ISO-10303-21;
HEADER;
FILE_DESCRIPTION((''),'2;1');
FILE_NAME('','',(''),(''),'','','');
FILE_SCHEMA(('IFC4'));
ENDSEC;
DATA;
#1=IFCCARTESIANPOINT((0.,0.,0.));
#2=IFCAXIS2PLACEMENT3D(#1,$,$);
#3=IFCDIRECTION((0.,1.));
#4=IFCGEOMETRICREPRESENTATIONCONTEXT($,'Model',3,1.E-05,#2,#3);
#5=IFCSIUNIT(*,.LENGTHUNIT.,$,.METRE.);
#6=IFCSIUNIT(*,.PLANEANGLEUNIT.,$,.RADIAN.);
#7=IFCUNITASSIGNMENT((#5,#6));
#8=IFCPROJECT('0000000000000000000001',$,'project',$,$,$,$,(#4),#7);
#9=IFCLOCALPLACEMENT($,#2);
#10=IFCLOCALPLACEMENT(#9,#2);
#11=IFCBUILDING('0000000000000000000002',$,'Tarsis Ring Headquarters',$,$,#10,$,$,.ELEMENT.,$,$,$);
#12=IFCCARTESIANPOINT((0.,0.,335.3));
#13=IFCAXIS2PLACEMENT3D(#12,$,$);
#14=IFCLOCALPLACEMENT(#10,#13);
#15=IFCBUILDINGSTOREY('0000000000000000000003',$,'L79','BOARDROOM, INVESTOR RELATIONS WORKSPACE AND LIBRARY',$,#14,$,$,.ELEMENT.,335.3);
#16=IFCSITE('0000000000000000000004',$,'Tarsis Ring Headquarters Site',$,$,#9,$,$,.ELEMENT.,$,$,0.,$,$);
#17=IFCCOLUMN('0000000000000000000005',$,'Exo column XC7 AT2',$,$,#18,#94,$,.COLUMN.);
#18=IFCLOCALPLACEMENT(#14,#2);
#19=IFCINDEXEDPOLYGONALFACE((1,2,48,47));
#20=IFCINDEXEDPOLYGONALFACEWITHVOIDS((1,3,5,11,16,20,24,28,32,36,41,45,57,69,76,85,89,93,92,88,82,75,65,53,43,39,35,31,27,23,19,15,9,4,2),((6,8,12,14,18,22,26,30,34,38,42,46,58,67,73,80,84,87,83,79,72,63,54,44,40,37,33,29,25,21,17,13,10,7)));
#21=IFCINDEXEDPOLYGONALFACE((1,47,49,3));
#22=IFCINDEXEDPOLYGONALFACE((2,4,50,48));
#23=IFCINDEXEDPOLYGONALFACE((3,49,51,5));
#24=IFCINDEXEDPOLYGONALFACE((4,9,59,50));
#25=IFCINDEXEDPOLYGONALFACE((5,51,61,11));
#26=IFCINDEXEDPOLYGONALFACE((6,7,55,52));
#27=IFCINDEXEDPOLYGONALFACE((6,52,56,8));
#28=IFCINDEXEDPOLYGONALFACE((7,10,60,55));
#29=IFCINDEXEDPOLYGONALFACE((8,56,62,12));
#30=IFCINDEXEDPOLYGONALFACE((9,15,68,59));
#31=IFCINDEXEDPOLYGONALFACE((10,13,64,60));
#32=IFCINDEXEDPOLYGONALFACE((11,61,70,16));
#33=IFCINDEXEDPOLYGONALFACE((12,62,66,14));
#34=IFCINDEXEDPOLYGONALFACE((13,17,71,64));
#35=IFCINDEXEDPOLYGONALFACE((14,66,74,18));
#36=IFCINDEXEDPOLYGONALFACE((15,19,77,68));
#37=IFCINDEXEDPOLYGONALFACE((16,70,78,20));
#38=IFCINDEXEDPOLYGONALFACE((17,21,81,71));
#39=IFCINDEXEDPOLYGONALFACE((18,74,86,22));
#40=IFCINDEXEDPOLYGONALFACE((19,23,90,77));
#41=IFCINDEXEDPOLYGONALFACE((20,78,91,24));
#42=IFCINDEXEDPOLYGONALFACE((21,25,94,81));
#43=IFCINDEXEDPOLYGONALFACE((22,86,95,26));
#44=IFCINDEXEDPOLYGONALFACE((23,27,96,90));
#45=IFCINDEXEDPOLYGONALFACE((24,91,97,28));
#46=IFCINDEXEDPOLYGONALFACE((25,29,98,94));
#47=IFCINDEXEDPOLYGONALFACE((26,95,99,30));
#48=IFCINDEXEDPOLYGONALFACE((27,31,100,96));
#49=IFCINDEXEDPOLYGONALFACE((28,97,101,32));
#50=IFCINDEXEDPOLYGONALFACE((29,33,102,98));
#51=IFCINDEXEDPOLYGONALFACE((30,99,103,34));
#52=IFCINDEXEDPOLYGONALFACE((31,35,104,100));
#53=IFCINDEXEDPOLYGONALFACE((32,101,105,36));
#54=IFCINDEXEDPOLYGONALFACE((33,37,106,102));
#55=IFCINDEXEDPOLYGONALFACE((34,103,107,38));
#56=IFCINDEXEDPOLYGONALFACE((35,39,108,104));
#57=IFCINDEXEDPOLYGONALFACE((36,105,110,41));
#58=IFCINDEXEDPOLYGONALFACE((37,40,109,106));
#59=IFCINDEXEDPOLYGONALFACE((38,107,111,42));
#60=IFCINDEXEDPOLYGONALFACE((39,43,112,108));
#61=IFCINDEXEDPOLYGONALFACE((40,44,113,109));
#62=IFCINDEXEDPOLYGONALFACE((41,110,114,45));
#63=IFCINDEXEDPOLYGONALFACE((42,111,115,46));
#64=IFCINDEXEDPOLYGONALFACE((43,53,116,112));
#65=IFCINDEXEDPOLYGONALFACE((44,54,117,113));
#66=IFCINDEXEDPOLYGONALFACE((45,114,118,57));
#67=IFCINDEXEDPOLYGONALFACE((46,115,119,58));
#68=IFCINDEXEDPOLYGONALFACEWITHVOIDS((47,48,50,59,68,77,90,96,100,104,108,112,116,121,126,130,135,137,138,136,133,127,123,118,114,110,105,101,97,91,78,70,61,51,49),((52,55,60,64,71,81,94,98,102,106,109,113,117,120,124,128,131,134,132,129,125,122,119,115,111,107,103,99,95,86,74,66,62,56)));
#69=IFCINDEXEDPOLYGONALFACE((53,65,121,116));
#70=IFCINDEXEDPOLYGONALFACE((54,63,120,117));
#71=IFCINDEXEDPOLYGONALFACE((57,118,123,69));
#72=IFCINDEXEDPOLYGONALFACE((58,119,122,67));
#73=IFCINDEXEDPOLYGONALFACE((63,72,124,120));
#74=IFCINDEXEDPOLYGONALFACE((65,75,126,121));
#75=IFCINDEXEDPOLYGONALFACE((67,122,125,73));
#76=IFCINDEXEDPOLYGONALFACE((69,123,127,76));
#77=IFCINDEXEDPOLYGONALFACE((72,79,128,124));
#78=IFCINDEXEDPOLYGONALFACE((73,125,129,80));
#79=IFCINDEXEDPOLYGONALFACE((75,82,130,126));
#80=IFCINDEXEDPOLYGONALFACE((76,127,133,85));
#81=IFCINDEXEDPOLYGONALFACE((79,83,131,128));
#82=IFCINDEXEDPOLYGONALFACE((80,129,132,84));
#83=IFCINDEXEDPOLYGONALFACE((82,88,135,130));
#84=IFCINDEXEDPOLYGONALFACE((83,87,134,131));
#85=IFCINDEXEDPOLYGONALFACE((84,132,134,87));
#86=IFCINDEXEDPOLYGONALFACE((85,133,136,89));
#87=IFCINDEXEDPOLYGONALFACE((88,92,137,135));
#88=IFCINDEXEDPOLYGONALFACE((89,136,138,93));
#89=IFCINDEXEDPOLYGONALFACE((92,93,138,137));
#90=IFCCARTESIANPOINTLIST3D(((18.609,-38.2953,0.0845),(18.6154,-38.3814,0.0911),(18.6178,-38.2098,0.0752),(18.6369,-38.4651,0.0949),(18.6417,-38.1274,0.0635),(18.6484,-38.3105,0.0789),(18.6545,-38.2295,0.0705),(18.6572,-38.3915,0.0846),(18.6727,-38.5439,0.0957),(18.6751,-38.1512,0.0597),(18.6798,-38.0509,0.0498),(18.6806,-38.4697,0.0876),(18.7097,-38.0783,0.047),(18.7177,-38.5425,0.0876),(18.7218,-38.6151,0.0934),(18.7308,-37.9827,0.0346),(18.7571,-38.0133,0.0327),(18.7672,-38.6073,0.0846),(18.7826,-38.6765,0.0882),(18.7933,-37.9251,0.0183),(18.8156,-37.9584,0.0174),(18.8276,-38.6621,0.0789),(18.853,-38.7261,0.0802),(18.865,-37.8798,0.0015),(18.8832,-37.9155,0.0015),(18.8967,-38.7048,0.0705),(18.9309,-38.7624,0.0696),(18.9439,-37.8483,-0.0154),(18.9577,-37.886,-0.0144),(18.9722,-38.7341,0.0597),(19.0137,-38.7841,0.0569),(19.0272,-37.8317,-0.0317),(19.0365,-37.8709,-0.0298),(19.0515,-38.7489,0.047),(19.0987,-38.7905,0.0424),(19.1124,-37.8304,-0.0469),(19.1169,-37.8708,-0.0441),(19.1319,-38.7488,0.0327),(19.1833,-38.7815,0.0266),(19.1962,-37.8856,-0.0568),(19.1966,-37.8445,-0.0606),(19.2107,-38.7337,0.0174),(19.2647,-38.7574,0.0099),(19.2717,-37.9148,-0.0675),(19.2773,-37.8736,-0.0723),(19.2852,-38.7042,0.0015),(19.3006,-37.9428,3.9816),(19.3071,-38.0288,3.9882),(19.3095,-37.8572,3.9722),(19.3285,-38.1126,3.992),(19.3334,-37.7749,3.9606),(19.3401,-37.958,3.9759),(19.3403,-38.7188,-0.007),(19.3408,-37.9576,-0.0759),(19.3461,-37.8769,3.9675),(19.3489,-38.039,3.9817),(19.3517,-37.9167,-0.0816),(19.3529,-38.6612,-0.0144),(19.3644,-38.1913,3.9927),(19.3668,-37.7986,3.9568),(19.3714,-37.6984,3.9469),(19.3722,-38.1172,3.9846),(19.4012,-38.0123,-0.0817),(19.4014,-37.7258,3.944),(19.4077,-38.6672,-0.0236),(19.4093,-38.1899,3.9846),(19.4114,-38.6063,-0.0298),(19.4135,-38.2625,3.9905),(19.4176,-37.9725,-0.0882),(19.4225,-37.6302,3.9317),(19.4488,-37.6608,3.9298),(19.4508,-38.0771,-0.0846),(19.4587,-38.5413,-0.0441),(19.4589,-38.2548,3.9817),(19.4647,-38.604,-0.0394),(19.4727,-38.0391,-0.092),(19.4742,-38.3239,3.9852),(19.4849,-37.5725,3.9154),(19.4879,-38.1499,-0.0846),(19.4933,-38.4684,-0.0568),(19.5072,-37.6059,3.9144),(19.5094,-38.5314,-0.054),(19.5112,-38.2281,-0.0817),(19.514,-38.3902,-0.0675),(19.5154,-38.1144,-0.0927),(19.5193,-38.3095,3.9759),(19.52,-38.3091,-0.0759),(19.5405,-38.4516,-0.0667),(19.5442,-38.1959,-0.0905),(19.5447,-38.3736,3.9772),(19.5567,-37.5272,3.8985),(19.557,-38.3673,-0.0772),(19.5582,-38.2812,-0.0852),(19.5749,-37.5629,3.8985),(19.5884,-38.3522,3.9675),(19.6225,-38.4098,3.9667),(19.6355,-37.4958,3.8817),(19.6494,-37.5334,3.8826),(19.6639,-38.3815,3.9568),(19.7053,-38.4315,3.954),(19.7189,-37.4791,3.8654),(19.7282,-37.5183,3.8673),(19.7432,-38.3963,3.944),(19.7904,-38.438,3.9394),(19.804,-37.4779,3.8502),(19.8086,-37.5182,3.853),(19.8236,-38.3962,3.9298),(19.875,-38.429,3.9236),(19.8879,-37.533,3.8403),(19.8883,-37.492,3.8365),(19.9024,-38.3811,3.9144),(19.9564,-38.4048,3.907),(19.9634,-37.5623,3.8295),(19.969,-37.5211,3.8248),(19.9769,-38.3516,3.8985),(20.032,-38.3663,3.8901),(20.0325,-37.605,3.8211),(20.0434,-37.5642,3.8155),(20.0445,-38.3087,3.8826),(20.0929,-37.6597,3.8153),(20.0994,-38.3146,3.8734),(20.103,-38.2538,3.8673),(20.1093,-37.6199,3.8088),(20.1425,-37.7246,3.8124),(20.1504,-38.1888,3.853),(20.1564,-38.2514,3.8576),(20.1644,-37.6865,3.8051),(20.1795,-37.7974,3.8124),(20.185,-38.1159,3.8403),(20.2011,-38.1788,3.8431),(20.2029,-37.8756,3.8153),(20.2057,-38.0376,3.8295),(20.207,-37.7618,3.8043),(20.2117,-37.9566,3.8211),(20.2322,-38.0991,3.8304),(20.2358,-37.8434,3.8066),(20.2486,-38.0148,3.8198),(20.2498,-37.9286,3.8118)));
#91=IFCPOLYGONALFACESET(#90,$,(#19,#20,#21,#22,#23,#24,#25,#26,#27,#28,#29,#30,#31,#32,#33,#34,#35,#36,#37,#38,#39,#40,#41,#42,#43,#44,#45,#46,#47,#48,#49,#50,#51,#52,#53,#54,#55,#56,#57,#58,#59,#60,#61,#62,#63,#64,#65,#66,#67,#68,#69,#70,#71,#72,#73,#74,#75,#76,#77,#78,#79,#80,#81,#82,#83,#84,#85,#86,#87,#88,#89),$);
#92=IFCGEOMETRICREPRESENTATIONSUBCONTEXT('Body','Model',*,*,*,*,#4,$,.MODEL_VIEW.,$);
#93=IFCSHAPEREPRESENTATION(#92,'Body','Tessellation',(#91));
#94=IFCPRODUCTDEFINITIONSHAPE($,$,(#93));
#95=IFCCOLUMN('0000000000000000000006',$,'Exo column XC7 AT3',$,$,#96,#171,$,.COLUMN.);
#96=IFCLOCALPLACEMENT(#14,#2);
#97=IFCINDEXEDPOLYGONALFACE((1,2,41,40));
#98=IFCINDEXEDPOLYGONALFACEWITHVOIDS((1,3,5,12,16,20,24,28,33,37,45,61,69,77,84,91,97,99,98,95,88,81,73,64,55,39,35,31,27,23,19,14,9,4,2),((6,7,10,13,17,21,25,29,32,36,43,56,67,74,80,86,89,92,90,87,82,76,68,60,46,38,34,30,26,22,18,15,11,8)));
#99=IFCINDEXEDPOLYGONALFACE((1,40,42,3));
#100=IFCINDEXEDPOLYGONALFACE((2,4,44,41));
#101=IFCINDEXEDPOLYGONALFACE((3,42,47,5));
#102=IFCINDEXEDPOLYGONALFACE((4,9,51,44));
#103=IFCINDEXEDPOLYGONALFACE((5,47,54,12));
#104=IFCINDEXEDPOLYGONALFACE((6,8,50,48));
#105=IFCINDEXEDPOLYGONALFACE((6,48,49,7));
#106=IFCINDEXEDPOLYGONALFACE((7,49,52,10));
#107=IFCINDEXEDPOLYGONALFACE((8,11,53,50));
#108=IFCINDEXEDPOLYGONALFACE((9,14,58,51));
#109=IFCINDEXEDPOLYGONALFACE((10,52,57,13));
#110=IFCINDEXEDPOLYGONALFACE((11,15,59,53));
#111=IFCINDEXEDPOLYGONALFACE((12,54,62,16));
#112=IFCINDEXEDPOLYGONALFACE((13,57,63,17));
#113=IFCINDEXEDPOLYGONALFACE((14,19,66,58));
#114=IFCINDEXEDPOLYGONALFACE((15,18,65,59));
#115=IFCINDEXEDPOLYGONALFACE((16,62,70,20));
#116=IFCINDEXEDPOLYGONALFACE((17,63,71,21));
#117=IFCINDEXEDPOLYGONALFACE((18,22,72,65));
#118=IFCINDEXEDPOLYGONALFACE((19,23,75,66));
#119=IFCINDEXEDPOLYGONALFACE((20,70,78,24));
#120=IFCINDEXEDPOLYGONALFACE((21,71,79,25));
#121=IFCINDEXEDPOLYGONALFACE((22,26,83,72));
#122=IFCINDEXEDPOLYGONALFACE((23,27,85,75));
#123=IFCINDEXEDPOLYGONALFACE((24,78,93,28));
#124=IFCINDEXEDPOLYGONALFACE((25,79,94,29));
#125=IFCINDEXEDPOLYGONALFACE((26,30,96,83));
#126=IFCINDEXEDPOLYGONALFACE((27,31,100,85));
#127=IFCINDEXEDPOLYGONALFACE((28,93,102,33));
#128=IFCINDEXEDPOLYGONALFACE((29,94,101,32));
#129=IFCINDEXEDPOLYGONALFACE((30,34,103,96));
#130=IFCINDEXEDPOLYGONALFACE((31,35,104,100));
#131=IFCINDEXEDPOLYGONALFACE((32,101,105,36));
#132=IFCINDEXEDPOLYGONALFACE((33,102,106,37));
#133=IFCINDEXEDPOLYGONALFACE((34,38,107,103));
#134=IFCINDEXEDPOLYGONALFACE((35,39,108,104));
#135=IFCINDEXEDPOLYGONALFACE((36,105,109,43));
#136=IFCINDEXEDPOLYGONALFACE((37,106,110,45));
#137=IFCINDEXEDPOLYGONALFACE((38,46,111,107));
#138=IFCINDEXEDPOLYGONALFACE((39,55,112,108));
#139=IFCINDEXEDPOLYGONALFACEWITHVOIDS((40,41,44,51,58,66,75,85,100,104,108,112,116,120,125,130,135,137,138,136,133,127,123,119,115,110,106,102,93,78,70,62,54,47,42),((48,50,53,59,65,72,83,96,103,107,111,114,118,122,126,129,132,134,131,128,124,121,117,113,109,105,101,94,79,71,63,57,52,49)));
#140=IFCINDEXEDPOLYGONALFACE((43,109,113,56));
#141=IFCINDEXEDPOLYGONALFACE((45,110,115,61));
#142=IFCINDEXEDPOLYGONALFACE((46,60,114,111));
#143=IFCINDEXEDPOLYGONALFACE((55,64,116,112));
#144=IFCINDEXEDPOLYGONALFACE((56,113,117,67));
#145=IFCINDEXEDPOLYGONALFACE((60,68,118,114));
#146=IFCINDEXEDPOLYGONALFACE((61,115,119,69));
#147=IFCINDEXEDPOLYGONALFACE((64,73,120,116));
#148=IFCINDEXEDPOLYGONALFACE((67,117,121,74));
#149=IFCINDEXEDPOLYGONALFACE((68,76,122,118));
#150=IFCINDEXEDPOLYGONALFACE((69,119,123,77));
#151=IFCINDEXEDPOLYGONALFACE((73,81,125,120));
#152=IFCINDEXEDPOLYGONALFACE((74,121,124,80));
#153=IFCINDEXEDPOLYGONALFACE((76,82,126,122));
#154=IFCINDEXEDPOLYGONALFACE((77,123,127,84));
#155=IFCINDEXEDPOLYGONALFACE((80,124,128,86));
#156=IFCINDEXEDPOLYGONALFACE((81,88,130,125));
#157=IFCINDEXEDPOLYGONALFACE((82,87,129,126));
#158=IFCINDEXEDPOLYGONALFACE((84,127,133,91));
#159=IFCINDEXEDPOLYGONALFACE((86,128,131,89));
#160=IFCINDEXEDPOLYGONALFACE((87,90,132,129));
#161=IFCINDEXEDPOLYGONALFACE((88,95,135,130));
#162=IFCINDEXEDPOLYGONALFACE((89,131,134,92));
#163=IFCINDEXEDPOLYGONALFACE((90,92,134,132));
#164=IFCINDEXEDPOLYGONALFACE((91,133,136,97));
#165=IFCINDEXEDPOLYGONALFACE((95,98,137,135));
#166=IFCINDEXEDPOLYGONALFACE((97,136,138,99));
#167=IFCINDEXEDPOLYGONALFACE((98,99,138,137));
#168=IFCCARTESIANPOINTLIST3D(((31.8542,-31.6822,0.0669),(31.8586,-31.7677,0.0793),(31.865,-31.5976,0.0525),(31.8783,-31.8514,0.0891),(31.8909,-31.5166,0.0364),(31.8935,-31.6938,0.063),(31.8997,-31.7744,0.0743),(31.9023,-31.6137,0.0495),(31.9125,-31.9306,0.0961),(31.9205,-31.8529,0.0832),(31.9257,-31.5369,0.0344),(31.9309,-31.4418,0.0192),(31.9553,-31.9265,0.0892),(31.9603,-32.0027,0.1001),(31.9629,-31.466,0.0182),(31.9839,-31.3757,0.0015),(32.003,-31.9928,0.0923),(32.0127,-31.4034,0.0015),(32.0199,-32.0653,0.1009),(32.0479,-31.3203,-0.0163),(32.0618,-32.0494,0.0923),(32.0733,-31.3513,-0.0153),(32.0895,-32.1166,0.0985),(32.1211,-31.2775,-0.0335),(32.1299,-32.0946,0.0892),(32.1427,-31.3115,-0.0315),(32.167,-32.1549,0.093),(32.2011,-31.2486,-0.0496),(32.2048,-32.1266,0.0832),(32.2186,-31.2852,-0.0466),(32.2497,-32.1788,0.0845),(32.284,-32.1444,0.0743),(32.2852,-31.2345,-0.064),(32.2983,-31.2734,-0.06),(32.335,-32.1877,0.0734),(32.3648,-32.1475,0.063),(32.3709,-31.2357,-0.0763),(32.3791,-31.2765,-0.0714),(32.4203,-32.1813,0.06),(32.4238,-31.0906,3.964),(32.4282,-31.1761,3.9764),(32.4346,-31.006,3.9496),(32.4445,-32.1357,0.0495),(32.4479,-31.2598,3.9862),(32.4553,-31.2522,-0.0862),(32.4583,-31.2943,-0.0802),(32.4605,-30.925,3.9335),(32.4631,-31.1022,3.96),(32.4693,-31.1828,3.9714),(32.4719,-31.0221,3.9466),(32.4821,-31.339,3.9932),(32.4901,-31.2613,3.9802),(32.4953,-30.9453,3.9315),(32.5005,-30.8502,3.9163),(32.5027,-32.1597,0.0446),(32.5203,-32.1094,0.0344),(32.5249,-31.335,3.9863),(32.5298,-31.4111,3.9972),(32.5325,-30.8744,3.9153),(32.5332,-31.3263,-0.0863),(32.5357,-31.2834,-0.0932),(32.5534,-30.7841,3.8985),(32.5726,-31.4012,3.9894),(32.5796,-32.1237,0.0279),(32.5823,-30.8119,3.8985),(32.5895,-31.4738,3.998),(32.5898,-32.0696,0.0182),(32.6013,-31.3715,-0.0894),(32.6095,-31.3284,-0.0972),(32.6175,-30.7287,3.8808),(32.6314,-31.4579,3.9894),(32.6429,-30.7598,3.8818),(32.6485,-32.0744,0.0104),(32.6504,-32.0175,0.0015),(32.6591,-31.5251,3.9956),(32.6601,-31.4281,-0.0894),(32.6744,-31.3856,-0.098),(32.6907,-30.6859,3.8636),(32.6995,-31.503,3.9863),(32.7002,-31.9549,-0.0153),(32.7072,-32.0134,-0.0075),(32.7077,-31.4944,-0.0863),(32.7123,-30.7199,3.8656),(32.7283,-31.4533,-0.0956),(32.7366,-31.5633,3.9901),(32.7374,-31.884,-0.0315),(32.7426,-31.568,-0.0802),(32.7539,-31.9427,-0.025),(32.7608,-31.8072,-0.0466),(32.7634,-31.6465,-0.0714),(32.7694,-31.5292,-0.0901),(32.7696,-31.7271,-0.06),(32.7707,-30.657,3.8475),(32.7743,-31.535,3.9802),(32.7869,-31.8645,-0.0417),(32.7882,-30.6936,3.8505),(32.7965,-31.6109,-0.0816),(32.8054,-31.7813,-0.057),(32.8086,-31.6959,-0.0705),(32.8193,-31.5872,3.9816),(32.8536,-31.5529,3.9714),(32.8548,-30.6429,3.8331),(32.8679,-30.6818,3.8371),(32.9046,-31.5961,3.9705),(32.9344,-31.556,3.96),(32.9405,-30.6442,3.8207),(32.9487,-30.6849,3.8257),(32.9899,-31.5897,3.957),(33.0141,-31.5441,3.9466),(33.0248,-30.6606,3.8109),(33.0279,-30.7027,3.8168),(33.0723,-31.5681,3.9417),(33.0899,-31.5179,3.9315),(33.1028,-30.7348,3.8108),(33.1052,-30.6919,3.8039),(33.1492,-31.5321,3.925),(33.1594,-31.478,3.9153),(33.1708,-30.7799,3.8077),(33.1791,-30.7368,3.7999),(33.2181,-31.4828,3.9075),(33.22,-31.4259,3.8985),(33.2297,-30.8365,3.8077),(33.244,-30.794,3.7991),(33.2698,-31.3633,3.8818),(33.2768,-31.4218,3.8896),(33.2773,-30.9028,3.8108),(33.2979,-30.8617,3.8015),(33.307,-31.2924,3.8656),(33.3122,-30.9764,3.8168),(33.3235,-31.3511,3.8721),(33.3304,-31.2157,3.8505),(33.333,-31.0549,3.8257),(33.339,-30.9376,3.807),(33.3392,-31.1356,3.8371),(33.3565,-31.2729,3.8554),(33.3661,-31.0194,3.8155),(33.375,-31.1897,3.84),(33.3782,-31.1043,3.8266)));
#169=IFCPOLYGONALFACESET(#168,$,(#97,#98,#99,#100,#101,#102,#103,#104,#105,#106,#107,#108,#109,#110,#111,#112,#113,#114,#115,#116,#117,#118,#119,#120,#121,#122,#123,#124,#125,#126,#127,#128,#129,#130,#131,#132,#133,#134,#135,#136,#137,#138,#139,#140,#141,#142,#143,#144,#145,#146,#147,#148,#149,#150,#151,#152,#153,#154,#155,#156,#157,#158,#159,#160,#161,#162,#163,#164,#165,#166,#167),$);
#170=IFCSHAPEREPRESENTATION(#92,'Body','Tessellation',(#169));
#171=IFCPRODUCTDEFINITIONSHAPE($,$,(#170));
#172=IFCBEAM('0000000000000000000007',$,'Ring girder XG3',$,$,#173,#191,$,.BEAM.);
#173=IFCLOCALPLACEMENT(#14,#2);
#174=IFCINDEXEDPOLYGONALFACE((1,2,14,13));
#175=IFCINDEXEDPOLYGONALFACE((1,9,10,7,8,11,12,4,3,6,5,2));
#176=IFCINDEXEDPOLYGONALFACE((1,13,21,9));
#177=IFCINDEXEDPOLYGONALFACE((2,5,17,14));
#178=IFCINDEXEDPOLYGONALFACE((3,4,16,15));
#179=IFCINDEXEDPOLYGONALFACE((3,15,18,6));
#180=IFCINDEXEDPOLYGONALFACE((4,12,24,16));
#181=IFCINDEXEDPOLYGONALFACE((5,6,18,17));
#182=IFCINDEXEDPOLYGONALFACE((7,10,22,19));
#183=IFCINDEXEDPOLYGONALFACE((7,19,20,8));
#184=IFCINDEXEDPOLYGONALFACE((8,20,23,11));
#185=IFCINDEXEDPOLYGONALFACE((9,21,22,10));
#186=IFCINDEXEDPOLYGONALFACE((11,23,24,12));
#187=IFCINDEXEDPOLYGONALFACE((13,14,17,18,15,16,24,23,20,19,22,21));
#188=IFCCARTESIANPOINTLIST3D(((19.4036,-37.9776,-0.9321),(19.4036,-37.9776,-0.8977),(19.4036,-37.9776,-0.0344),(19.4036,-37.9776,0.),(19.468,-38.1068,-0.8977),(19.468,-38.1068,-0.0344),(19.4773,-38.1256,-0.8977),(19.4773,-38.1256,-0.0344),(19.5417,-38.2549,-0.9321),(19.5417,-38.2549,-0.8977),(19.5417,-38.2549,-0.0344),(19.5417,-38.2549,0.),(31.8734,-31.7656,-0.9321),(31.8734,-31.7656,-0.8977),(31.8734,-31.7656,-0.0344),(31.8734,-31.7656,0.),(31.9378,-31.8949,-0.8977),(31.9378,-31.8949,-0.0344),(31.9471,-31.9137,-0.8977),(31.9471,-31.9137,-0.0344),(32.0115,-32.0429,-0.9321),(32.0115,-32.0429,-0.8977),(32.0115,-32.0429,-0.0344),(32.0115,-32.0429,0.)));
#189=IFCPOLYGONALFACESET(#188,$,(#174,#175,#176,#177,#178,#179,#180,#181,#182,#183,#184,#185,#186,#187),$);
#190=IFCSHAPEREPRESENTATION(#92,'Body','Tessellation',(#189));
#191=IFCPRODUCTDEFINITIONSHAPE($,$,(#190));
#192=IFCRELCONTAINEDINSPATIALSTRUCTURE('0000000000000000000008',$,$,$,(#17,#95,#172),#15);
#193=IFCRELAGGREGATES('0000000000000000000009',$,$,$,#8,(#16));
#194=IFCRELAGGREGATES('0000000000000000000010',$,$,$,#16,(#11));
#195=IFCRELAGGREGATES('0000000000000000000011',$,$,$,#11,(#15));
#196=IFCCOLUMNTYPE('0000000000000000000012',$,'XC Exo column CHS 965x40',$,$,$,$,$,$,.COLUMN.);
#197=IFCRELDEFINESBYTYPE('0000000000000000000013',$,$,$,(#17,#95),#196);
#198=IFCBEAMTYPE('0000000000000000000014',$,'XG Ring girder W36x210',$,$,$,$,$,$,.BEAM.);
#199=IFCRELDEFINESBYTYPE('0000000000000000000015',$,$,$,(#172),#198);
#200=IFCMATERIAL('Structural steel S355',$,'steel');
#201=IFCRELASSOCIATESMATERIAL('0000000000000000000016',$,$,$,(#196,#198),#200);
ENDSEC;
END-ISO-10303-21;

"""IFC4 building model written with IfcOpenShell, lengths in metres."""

from ifc_helpers import new_model, si_unit, direction, frame, origin, origin_2d, place, context, subcontext, project, spatial, hollow_circle, i_section, extrude, material, material_profile, profile_set, type_object, element, save


model = new_model("IFC4")

# Units and contexts
model_context = context("Model", 3, precision=1e-05, world=origin(), true_north=direction((0.0, 1.0)))
body_context = subcontext(model_context, "Body", "Model", "MODEL_VIEW")
ifc_project = project(units=[si_unit("LENGTHUNIT", "METRE"), si_unit("PLANEANGLEUNIT", "RADIAN")], contexts=[model_context])

# Site, building, storey
site_placement = place(None, origin())
site = spatial("IfcSite", under=ifc_project, at=site_placement, Name="Tarsis Ring Headquarters Site", CompositionType="ELEMENT", RefElevation=0.0)
building_placement = place(site_placement, origin())
building = spatial("IfcBuilding", under=site, at=building_placement, Name="Tarsis Ring Headquarters", CompositionType="ELEMENT")
storey_placement = place(building_placement, frame((0.0, 0.0, 335.3)))
storey = spatial("IfcBuildingStorey", under=building, at=storey_placement, Name="L79", Description="BOARDROOM, INVESTOR RELATIONS WORKSPACE AND LIBRARY", CompositionType="ELEMENT", Elevation=335.3)

# Columns
ifc_material_1 = material(Name="Structural steel S355", Category="steel")
ifc_material_profile_1 = material_profile(ifc_material_1, hollow_circle(Radius=0.4827, WallThickness=0.04, at=origin_2d()), Name="CHS 965x40")
ifc_profile_set_1 = profile_set([ifc_material_profile_1], Name="Structural steel S355")
column_type = type_object("IfcColumnType", Name="XC Exo column CHS 965x40", PredefinedType="COLUMN", material=ifc_profile_set_1)
column_1_placement = place(storey_placement, frame((19.0842, -38.3098, 0.0015), z_axis=(0.174064, 0.088722, 0.980729), x_axis=(-0.454119, 0.890941, 0.0)))
element("IfcColumn", 1, at=column_1_placement, inside=storey, type_object=column_type, Name="Exo column XC7 AT2", PredefinedType="COLUMN", context=body_context, shape_type="SweptSolid", body=[
    extrude(hollow_circle(Radius=0.4827, WallThickness=0.04, at=origin_2d()), origin(), (0.0, 0.0, 1.0), 3.9736),
])
column_2_placement = place(storey_placement, frame((32.3315, -31.7104, 0.0015), z_axis=(0.143019, 0.148536, 0.97851), x_axis=(-0.720359, 0.693602, 0.0)))
element("IfcColumn", 2, at=column_2_placement, inside=storey, type_object=column_type, Name="Exo column XC7 AT3", PredefinedType="COLUMN", context=body_context, shape_type="SweptSolid", body=[
    extrude(hollow_circle(Radius=0.4827, WallThickness=0.04, at=origin_2d()), origin(), (0.0, 0.0, 1.0), 3.9827),
])

# Beam
ifc_material_profile_2 = material_profile(ifc_material_1, i_section(OverallWidth=0.3098, OverallDepth=0.9321, WebThickness=0.021, FlangeThickness=0.0344, at=origin_2d()), Name="W36x210")
ifc_profile_set_2 = profile_set([ifc_material_profile_2], Name="Structural steel S355")
beam_type = type_object("IfcBeamType", Name="XG Ring girder W36x210", PredefinedType="BEAM", material=ifc_profile_set_2)
beam_1_placement = place(storey_placement, frame((19.4727, -38.1162, -0.4661), z_axis=(0.895085, 0.445895, 0.0), x_axis=(-0.445895, 0.895085, 0.0)))
element("IfcBeam", 3, at=beam_1_placement, inside=storey, type_object=beam_type, Name="Ring girder XG3", PredefinedType="BEAM", context=body_context, shape_type="SweptSolid", body=[
    extrude(i_section(OverallWidth=0.3098, OverallDepth=0.9321, WebThickness=0.021, FlangeThickness=0.0344, at=origin_2d()), origin(), (0.0, 0.0, 1.0), 13.9314),
])

save(model, "model.ifc")
